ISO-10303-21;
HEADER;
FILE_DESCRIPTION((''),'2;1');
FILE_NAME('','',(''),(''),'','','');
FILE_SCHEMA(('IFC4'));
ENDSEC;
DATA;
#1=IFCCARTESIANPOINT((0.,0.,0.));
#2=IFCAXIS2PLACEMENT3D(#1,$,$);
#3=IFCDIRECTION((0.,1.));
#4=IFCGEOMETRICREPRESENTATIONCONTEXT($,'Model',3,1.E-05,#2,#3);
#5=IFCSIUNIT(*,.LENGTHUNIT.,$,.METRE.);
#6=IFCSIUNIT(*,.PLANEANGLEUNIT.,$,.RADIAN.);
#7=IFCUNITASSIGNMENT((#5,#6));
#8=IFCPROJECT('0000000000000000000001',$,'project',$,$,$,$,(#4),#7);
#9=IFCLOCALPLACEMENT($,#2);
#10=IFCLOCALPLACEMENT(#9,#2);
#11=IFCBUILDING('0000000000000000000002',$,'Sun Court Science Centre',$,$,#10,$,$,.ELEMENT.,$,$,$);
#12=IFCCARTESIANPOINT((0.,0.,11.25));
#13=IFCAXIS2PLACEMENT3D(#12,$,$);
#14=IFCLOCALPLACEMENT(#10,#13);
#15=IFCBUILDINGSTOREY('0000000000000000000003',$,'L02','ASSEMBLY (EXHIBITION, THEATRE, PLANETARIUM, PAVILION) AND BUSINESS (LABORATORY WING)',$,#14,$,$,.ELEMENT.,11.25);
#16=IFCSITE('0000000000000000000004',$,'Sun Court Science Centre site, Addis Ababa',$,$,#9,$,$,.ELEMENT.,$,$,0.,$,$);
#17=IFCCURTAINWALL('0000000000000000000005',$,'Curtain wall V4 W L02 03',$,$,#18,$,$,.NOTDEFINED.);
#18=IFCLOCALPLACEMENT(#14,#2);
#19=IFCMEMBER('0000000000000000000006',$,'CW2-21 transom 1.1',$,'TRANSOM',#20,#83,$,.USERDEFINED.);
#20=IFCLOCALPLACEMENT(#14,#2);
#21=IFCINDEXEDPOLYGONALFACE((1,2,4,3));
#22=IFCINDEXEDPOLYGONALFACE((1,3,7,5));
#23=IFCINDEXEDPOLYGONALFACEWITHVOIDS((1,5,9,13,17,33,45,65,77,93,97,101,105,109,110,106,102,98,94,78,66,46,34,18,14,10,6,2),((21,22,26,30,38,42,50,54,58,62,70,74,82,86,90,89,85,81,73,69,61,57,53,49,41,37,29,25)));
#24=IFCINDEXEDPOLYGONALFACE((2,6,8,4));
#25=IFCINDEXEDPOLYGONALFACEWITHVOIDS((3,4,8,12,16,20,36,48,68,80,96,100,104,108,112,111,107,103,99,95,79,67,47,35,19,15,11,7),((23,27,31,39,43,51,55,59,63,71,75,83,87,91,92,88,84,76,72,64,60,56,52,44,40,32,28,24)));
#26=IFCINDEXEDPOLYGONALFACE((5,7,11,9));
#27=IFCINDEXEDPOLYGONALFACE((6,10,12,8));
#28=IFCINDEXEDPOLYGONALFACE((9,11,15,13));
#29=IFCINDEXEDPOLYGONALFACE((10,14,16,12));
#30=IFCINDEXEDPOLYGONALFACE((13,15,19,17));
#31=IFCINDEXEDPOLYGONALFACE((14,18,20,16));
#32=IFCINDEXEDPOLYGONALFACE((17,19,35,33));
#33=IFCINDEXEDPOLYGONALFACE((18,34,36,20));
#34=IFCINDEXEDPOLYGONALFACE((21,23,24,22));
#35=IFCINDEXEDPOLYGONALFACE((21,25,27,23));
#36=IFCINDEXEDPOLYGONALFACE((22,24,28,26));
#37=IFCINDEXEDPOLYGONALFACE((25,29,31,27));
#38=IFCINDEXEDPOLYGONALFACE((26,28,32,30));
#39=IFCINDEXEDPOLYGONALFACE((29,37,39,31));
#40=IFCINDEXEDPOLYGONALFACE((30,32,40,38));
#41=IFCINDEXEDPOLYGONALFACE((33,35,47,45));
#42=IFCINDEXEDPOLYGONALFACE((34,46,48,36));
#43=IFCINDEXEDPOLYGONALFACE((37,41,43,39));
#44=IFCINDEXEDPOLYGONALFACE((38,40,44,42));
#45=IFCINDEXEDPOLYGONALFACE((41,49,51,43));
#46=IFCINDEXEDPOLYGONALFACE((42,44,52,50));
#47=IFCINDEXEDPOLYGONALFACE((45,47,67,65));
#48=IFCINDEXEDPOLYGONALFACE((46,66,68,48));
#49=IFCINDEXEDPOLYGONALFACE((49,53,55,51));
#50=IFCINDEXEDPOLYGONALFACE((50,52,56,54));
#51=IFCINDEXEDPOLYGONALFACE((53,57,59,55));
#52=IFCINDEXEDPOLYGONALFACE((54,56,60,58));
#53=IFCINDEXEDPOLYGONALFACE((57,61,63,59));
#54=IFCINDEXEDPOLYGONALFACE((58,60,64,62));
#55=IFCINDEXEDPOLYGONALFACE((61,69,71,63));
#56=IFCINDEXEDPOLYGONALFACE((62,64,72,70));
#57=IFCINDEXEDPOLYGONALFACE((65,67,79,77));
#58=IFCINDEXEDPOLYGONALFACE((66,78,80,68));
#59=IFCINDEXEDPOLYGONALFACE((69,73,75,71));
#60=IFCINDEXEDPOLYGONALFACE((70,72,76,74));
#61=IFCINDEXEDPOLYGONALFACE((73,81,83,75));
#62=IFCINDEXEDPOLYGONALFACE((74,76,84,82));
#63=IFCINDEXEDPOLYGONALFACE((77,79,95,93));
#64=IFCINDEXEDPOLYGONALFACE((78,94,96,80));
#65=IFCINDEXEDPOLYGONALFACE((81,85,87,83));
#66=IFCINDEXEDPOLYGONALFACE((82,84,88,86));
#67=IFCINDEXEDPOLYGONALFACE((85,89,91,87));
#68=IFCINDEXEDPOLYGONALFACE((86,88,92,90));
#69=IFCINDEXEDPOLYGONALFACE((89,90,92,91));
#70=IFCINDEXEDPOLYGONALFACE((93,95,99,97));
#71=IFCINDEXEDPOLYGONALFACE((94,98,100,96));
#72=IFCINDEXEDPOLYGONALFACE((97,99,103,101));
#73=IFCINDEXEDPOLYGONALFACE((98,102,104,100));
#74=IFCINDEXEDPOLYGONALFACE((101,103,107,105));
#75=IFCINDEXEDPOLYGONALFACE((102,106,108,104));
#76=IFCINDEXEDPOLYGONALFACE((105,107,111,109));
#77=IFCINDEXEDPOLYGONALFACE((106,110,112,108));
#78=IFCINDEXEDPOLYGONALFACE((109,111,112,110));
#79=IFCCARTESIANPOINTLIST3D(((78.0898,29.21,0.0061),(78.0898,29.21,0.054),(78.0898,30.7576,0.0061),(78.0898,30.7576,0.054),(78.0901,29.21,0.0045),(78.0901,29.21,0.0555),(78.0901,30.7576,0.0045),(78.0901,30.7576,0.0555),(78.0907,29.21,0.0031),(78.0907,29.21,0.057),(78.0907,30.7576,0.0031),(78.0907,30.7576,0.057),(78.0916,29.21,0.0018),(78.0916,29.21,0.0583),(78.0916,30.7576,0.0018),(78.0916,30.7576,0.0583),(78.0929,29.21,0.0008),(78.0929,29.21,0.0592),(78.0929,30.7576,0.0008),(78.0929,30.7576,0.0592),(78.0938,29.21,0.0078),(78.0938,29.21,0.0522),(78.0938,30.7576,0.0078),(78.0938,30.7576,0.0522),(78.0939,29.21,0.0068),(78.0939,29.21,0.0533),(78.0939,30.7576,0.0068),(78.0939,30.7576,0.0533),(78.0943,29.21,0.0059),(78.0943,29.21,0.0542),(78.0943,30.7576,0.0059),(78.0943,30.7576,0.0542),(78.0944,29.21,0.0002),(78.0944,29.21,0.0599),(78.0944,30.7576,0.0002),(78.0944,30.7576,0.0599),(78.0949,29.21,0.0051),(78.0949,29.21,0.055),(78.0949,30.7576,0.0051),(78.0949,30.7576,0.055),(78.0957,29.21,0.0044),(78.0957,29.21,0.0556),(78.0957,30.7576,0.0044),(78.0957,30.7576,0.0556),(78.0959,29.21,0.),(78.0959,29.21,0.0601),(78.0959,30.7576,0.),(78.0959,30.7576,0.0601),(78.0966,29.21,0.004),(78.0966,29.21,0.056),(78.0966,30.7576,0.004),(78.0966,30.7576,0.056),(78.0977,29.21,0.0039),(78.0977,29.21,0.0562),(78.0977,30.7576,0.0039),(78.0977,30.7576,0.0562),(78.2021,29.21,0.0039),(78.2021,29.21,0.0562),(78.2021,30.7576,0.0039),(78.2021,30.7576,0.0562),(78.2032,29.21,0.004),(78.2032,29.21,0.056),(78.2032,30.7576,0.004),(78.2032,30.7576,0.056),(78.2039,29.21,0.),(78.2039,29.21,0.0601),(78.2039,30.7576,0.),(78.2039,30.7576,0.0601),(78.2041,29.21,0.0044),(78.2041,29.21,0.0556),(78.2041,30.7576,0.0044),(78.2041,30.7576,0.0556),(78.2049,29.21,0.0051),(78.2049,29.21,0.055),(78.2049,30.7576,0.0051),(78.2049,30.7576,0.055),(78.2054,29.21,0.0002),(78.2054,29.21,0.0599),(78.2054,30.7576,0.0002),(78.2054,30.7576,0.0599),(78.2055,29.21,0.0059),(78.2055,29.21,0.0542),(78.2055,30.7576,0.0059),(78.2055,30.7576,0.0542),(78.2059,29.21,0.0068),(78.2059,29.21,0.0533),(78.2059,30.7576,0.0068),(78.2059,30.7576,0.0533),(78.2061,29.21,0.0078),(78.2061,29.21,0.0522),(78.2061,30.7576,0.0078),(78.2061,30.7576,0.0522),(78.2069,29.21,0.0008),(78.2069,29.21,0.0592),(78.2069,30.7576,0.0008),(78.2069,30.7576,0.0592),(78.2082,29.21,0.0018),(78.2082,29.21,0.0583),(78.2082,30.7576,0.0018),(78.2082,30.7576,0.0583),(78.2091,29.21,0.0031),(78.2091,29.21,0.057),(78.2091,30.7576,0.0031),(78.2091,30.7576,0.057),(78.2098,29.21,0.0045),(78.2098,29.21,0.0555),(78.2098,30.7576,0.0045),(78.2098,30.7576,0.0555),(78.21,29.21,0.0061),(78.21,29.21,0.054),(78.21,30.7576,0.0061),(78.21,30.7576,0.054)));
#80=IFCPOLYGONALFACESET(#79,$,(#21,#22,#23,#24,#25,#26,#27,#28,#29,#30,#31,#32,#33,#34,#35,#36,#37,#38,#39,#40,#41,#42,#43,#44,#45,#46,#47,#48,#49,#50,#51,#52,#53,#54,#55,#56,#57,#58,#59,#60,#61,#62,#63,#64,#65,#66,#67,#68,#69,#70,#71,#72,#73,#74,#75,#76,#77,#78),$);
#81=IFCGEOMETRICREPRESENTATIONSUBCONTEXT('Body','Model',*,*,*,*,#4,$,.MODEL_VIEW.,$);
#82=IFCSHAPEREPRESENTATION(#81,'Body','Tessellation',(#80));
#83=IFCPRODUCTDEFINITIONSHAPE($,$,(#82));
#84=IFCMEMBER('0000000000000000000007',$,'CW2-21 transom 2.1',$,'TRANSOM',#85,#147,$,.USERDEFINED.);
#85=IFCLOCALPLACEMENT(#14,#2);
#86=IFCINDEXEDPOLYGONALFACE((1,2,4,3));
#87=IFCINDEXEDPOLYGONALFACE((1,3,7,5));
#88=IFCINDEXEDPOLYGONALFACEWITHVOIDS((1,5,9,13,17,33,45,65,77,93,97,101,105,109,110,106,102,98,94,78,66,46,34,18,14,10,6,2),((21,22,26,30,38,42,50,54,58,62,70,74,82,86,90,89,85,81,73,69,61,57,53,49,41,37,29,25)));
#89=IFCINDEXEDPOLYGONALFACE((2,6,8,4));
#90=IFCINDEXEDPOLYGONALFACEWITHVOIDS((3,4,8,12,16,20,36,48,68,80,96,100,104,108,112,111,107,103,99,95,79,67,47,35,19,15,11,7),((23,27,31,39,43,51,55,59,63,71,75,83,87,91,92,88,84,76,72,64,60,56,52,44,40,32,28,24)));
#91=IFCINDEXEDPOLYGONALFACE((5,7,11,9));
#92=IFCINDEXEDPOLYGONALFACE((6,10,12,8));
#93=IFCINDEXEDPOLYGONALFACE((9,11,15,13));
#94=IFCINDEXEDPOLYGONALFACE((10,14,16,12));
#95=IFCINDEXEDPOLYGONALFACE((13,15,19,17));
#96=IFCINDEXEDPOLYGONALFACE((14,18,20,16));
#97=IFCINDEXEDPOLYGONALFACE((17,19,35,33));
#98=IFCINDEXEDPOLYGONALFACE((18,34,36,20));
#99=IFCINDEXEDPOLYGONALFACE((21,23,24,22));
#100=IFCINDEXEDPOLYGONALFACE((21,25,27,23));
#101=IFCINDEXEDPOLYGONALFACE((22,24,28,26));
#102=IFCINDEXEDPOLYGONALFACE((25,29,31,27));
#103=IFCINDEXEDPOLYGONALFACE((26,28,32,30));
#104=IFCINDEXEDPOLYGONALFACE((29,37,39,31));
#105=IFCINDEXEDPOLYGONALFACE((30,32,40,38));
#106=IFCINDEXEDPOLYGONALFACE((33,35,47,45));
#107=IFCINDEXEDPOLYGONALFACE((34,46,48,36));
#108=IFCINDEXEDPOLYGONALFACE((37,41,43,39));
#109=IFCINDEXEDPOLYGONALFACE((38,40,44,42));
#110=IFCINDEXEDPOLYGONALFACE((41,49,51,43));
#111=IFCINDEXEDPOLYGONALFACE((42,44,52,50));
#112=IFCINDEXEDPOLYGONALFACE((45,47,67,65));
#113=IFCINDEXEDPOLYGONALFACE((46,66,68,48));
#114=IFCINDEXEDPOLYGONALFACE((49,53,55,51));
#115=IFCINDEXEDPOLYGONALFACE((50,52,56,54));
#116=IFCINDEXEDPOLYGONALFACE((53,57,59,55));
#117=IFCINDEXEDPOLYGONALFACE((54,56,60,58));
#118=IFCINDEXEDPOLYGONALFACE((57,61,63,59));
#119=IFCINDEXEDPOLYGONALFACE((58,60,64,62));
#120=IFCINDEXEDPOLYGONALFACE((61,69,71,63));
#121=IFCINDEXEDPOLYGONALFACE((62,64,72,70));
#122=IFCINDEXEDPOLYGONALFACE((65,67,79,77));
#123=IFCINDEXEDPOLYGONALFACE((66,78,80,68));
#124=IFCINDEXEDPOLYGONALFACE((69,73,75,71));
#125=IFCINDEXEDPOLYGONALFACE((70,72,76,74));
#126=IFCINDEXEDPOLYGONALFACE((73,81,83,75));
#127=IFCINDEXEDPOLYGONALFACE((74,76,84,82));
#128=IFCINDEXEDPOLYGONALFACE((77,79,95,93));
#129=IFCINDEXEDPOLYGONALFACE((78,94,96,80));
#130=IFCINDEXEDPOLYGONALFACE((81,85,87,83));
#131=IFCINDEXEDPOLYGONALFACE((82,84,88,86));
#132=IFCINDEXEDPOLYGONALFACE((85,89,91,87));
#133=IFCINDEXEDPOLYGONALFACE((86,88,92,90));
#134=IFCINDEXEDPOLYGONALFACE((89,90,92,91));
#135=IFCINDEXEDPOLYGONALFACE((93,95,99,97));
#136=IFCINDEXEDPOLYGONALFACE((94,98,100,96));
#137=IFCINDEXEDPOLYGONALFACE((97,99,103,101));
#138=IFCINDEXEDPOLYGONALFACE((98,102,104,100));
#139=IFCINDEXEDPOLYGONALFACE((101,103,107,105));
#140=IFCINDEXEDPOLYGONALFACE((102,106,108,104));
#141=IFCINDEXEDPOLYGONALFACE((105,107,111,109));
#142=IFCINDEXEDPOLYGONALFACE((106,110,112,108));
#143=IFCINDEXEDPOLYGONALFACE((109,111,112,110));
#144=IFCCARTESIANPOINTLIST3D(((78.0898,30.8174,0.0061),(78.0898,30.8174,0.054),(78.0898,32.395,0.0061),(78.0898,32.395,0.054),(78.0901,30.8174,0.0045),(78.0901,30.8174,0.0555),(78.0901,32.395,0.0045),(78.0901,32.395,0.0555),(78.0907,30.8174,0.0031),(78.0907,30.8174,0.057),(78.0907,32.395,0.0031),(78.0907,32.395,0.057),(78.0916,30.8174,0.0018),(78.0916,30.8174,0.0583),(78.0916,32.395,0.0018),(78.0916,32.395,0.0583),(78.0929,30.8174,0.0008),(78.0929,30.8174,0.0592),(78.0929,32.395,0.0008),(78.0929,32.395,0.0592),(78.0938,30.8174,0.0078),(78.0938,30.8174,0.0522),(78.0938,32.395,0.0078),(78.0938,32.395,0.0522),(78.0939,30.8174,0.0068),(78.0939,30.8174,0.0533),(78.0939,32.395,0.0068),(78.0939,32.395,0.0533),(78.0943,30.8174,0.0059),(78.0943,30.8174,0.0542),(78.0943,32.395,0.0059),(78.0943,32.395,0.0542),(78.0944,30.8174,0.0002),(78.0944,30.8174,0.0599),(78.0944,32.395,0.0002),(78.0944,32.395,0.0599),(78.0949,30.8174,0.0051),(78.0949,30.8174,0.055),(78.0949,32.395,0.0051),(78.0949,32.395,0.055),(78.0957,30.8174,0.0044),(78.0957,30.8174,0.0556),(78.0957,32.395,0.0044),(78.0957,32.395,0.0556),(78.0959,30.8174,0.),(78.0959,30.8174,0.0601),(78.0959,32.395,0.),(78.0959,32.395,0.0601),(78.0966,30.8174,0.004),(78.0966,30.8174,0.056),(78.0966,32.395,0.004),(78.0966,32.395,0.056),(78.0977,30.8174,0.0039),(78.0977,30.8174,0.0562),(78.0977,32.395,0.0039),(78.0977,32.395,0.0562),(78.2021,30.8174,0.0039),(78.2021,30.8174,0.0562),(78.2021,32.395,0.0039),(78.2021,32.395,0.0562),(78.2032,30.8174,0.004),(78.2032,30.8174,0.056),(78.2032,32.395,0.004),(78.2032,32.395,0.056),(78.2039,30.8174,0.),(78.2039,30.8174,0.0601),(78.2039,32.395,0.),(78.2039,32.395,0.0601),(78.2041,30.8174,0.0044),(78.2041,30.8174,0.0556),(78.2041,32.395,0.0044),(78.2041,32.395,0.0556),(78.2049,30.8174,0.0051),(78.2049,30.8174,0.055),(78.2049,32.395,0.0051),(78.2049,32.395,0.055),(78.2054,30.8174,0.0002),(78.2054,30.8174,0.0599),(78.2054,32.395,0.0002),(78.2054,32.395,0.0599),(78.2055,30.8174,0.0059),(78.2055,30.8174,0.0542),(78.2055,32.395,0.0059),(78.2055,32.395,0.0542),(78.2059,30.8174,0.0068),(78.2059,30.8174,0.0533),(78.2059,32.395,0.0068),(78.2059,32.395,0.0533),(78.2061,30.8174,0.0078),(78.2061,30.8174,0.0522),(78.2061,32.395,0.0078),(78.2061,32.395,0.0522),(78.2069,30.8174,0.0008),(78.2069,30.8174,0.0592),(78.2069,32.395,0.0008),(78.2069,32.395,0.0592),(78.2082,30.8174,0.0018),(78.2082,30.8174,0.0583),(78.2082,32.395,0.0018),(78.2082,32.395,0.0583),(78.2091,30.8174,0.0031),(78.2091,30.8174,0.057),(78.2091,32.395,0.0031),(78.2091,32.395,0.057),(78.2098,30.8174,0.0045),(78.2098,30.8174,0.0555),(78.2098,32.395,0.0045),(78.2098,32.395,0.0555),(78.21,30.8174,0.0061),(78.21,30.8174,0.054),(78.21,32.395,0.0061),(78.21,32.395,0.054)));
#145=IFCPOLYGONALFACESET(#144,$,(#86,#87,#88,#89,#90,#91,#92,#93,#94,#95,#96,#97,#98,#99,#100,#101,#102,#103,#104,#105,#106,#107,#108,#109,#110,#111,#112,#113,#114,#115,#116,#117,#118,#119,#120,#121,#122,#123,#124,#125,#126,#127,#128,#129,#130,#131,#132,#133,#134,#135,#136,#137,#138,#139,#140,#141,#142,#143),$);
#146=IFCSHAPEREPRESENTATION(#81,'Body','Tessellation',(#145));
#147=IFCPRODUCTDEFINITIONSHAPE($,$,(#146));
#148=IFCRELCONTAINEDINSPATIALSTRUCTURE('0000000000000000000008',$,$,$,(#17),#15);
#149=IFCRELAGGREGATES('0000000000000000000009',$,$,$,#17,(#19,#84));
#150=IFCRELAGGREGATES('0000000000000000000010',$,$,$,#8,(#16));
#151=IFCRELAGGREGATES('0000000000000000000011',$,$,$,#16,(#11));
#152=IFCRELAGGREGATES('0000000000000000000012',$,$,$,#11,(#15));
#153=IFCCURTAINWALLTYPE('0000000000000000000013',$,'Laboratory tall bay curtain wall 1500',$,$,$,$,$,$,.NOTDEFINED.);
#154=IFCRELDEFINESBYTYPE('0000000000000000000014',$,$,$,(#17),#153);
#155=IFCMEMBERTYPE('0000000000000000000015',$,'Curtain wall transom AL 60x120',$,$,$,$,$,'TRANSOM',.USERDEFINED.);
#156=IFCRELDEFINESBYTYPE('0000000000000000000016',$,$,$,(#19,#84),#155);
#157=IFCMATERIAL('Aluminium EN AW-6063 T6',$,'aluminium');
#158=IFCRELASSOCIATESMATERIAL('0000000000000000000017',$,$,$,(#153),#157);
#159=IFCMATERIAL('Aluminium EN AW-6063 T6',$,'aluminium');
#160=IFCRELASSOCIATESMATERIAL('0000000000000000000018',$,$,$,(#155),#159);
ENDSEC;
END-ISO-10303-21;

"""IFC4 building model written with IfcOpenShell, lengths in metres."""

from ifc_helpers import new_model, si_unit, direction, frame, origin, origin_2d, place, context, subcontext, project, spatial, hollow_rectangle, extrude, material, material_profile, profile_set, type_object, element, aggregate, save


model = new_model("IFC4")

# Units and contexts
model_context = context("Model", 3, precision=1e-05, world=origin(), true_north=direction((0.0, 1.0)))
body_context = subcontext(model_context, "Body", "Model", "MODEL_VIEW")
ifc_project = project(units=[si_unit("LENGTHUNIT", "METRE"), si_unit("PLANEANGLEUNIT", "RADIAN")], contexts=[model_context])

# Site, building, storey
site_placement = place(None, origin())
site = spatial("IfcSite", under=ifc_project, at=site_placement, Name="Sun Court Science Centre site, Addis Ababa", CompositionType="ELEMENT", RefElevation=0.0)
building_placement = place(site_placement, origin())
building = spatial("IfcBuilding", under=site, at=building_placement, Name="Sun Court Science Centre", CompositionType="ELEMENT")
storey_placement = place(building_placement, frame((0.0, 0.0, 11.25)))
storey = spatial("IfcBuildingStorey", under=building, at=storey_placement, Name="L02", Description="ASSEMBLY (EXHIBITION, THEATRE, PLANETARIUM, PAVILION) AND BUSINESS (LABORATORY WING)", CompositionType="ELEMENT", Elevation=11.25)

# Curtain wall
ifc_material_1 = material(Name="Aluminium EN AW-6063 T6", Category="aluminium")
curtain_wall_type = type_object("IfcCurtainWallType", Name="Laboratory tall bay curtain wall 1500", PredefinedType="NOTDEFINED", material=ifc_material_1)
curtain_wall_1_placement = place(storey_placement, origin())
curtain_wall_1 = element("IfcCurtainWall", 1, at=curtain_wall_1_placement, inside=storey, type_object=curtain_wall_type, Name="Curtain wall V4 W L02 03", PredefinedType="NOTDEFINED")

# Members
ifc_material_2 = material(Name="Aluminium EN AW-6063 T6", Category="aluminium")
ifc_material_profile_1 = material_profile(ifc_material_2, hollow_rectangle(XDim=0.0601, YDim=0.1201, WallThickness=0.0039, InnerFilletRadius=0.0039, OuterFilletRadius=0.0061, at=origin_2d()), Name="AL 60x120x4")
ifc_profile_set_1 = profile_set([ifc_material_profile_1], Name="Aluminium EN AW-6063 T6")
member_type_1 = type_object("IfcMemberType", Name="Curtain wall transom AL 60x120", ElementType="TRANSOM", PredefinedType="USERDEFINED", material=ifc_profile_set_1)
member_1_placement = place(storey_placement, frame((78.1499, 29.21, 0.03), z_axis=(0.0, 1.0, 0.0), x_axis=(0.0, 0.0, 1.0)))
member_1 = element("IfcMember", 2, at=member_1_placement, type_object=member_type_1, Name="CW2-21 transom 1.1", ObjectType="TRANSOM", PredefinedType="USERDEFINED", context=body_context, shape_type="SweptSolid", body=[
    extrude(hollow_rectangle(XDim=0.0601, YDim=0.1201, WallThickness=0.0039, InnerFilletRadius=0.0039, OuterFilletRadius=0.0061, at=origin_2d()), origin(), (0.0, 0.0, 1.0), 1.5476),
])
member_2_placement = place(storey_placement, frame((78.1499, 30.8174, 0.03), z_axis=(0.0, 1.0, 0.0), x_axis=(0.0, 0.0, 1.0)))
member_2 = element("IfcMember", 3, at=member_2_placement, type_object=member_type_1, Name="CW2-21 transom 2.1", ObjectType="TRANSOM", PredefinedType="USERDEFINED", context=body_context, shape_type="SweptSolid", body=[
    extrude(hollow_rectangle(XDim=0.0601, YDim=0.1201, WallThickness=0.0039, InnerFilletRadius=0.0039, OuterFilletRadius=0.0061, at=origin_2d()), origin(), (0.0, 0.0, 1.0), 1.5776),
])

aggregate(curtain_wall_1, [member_1, member_2])

save(model, "model.ifc")
